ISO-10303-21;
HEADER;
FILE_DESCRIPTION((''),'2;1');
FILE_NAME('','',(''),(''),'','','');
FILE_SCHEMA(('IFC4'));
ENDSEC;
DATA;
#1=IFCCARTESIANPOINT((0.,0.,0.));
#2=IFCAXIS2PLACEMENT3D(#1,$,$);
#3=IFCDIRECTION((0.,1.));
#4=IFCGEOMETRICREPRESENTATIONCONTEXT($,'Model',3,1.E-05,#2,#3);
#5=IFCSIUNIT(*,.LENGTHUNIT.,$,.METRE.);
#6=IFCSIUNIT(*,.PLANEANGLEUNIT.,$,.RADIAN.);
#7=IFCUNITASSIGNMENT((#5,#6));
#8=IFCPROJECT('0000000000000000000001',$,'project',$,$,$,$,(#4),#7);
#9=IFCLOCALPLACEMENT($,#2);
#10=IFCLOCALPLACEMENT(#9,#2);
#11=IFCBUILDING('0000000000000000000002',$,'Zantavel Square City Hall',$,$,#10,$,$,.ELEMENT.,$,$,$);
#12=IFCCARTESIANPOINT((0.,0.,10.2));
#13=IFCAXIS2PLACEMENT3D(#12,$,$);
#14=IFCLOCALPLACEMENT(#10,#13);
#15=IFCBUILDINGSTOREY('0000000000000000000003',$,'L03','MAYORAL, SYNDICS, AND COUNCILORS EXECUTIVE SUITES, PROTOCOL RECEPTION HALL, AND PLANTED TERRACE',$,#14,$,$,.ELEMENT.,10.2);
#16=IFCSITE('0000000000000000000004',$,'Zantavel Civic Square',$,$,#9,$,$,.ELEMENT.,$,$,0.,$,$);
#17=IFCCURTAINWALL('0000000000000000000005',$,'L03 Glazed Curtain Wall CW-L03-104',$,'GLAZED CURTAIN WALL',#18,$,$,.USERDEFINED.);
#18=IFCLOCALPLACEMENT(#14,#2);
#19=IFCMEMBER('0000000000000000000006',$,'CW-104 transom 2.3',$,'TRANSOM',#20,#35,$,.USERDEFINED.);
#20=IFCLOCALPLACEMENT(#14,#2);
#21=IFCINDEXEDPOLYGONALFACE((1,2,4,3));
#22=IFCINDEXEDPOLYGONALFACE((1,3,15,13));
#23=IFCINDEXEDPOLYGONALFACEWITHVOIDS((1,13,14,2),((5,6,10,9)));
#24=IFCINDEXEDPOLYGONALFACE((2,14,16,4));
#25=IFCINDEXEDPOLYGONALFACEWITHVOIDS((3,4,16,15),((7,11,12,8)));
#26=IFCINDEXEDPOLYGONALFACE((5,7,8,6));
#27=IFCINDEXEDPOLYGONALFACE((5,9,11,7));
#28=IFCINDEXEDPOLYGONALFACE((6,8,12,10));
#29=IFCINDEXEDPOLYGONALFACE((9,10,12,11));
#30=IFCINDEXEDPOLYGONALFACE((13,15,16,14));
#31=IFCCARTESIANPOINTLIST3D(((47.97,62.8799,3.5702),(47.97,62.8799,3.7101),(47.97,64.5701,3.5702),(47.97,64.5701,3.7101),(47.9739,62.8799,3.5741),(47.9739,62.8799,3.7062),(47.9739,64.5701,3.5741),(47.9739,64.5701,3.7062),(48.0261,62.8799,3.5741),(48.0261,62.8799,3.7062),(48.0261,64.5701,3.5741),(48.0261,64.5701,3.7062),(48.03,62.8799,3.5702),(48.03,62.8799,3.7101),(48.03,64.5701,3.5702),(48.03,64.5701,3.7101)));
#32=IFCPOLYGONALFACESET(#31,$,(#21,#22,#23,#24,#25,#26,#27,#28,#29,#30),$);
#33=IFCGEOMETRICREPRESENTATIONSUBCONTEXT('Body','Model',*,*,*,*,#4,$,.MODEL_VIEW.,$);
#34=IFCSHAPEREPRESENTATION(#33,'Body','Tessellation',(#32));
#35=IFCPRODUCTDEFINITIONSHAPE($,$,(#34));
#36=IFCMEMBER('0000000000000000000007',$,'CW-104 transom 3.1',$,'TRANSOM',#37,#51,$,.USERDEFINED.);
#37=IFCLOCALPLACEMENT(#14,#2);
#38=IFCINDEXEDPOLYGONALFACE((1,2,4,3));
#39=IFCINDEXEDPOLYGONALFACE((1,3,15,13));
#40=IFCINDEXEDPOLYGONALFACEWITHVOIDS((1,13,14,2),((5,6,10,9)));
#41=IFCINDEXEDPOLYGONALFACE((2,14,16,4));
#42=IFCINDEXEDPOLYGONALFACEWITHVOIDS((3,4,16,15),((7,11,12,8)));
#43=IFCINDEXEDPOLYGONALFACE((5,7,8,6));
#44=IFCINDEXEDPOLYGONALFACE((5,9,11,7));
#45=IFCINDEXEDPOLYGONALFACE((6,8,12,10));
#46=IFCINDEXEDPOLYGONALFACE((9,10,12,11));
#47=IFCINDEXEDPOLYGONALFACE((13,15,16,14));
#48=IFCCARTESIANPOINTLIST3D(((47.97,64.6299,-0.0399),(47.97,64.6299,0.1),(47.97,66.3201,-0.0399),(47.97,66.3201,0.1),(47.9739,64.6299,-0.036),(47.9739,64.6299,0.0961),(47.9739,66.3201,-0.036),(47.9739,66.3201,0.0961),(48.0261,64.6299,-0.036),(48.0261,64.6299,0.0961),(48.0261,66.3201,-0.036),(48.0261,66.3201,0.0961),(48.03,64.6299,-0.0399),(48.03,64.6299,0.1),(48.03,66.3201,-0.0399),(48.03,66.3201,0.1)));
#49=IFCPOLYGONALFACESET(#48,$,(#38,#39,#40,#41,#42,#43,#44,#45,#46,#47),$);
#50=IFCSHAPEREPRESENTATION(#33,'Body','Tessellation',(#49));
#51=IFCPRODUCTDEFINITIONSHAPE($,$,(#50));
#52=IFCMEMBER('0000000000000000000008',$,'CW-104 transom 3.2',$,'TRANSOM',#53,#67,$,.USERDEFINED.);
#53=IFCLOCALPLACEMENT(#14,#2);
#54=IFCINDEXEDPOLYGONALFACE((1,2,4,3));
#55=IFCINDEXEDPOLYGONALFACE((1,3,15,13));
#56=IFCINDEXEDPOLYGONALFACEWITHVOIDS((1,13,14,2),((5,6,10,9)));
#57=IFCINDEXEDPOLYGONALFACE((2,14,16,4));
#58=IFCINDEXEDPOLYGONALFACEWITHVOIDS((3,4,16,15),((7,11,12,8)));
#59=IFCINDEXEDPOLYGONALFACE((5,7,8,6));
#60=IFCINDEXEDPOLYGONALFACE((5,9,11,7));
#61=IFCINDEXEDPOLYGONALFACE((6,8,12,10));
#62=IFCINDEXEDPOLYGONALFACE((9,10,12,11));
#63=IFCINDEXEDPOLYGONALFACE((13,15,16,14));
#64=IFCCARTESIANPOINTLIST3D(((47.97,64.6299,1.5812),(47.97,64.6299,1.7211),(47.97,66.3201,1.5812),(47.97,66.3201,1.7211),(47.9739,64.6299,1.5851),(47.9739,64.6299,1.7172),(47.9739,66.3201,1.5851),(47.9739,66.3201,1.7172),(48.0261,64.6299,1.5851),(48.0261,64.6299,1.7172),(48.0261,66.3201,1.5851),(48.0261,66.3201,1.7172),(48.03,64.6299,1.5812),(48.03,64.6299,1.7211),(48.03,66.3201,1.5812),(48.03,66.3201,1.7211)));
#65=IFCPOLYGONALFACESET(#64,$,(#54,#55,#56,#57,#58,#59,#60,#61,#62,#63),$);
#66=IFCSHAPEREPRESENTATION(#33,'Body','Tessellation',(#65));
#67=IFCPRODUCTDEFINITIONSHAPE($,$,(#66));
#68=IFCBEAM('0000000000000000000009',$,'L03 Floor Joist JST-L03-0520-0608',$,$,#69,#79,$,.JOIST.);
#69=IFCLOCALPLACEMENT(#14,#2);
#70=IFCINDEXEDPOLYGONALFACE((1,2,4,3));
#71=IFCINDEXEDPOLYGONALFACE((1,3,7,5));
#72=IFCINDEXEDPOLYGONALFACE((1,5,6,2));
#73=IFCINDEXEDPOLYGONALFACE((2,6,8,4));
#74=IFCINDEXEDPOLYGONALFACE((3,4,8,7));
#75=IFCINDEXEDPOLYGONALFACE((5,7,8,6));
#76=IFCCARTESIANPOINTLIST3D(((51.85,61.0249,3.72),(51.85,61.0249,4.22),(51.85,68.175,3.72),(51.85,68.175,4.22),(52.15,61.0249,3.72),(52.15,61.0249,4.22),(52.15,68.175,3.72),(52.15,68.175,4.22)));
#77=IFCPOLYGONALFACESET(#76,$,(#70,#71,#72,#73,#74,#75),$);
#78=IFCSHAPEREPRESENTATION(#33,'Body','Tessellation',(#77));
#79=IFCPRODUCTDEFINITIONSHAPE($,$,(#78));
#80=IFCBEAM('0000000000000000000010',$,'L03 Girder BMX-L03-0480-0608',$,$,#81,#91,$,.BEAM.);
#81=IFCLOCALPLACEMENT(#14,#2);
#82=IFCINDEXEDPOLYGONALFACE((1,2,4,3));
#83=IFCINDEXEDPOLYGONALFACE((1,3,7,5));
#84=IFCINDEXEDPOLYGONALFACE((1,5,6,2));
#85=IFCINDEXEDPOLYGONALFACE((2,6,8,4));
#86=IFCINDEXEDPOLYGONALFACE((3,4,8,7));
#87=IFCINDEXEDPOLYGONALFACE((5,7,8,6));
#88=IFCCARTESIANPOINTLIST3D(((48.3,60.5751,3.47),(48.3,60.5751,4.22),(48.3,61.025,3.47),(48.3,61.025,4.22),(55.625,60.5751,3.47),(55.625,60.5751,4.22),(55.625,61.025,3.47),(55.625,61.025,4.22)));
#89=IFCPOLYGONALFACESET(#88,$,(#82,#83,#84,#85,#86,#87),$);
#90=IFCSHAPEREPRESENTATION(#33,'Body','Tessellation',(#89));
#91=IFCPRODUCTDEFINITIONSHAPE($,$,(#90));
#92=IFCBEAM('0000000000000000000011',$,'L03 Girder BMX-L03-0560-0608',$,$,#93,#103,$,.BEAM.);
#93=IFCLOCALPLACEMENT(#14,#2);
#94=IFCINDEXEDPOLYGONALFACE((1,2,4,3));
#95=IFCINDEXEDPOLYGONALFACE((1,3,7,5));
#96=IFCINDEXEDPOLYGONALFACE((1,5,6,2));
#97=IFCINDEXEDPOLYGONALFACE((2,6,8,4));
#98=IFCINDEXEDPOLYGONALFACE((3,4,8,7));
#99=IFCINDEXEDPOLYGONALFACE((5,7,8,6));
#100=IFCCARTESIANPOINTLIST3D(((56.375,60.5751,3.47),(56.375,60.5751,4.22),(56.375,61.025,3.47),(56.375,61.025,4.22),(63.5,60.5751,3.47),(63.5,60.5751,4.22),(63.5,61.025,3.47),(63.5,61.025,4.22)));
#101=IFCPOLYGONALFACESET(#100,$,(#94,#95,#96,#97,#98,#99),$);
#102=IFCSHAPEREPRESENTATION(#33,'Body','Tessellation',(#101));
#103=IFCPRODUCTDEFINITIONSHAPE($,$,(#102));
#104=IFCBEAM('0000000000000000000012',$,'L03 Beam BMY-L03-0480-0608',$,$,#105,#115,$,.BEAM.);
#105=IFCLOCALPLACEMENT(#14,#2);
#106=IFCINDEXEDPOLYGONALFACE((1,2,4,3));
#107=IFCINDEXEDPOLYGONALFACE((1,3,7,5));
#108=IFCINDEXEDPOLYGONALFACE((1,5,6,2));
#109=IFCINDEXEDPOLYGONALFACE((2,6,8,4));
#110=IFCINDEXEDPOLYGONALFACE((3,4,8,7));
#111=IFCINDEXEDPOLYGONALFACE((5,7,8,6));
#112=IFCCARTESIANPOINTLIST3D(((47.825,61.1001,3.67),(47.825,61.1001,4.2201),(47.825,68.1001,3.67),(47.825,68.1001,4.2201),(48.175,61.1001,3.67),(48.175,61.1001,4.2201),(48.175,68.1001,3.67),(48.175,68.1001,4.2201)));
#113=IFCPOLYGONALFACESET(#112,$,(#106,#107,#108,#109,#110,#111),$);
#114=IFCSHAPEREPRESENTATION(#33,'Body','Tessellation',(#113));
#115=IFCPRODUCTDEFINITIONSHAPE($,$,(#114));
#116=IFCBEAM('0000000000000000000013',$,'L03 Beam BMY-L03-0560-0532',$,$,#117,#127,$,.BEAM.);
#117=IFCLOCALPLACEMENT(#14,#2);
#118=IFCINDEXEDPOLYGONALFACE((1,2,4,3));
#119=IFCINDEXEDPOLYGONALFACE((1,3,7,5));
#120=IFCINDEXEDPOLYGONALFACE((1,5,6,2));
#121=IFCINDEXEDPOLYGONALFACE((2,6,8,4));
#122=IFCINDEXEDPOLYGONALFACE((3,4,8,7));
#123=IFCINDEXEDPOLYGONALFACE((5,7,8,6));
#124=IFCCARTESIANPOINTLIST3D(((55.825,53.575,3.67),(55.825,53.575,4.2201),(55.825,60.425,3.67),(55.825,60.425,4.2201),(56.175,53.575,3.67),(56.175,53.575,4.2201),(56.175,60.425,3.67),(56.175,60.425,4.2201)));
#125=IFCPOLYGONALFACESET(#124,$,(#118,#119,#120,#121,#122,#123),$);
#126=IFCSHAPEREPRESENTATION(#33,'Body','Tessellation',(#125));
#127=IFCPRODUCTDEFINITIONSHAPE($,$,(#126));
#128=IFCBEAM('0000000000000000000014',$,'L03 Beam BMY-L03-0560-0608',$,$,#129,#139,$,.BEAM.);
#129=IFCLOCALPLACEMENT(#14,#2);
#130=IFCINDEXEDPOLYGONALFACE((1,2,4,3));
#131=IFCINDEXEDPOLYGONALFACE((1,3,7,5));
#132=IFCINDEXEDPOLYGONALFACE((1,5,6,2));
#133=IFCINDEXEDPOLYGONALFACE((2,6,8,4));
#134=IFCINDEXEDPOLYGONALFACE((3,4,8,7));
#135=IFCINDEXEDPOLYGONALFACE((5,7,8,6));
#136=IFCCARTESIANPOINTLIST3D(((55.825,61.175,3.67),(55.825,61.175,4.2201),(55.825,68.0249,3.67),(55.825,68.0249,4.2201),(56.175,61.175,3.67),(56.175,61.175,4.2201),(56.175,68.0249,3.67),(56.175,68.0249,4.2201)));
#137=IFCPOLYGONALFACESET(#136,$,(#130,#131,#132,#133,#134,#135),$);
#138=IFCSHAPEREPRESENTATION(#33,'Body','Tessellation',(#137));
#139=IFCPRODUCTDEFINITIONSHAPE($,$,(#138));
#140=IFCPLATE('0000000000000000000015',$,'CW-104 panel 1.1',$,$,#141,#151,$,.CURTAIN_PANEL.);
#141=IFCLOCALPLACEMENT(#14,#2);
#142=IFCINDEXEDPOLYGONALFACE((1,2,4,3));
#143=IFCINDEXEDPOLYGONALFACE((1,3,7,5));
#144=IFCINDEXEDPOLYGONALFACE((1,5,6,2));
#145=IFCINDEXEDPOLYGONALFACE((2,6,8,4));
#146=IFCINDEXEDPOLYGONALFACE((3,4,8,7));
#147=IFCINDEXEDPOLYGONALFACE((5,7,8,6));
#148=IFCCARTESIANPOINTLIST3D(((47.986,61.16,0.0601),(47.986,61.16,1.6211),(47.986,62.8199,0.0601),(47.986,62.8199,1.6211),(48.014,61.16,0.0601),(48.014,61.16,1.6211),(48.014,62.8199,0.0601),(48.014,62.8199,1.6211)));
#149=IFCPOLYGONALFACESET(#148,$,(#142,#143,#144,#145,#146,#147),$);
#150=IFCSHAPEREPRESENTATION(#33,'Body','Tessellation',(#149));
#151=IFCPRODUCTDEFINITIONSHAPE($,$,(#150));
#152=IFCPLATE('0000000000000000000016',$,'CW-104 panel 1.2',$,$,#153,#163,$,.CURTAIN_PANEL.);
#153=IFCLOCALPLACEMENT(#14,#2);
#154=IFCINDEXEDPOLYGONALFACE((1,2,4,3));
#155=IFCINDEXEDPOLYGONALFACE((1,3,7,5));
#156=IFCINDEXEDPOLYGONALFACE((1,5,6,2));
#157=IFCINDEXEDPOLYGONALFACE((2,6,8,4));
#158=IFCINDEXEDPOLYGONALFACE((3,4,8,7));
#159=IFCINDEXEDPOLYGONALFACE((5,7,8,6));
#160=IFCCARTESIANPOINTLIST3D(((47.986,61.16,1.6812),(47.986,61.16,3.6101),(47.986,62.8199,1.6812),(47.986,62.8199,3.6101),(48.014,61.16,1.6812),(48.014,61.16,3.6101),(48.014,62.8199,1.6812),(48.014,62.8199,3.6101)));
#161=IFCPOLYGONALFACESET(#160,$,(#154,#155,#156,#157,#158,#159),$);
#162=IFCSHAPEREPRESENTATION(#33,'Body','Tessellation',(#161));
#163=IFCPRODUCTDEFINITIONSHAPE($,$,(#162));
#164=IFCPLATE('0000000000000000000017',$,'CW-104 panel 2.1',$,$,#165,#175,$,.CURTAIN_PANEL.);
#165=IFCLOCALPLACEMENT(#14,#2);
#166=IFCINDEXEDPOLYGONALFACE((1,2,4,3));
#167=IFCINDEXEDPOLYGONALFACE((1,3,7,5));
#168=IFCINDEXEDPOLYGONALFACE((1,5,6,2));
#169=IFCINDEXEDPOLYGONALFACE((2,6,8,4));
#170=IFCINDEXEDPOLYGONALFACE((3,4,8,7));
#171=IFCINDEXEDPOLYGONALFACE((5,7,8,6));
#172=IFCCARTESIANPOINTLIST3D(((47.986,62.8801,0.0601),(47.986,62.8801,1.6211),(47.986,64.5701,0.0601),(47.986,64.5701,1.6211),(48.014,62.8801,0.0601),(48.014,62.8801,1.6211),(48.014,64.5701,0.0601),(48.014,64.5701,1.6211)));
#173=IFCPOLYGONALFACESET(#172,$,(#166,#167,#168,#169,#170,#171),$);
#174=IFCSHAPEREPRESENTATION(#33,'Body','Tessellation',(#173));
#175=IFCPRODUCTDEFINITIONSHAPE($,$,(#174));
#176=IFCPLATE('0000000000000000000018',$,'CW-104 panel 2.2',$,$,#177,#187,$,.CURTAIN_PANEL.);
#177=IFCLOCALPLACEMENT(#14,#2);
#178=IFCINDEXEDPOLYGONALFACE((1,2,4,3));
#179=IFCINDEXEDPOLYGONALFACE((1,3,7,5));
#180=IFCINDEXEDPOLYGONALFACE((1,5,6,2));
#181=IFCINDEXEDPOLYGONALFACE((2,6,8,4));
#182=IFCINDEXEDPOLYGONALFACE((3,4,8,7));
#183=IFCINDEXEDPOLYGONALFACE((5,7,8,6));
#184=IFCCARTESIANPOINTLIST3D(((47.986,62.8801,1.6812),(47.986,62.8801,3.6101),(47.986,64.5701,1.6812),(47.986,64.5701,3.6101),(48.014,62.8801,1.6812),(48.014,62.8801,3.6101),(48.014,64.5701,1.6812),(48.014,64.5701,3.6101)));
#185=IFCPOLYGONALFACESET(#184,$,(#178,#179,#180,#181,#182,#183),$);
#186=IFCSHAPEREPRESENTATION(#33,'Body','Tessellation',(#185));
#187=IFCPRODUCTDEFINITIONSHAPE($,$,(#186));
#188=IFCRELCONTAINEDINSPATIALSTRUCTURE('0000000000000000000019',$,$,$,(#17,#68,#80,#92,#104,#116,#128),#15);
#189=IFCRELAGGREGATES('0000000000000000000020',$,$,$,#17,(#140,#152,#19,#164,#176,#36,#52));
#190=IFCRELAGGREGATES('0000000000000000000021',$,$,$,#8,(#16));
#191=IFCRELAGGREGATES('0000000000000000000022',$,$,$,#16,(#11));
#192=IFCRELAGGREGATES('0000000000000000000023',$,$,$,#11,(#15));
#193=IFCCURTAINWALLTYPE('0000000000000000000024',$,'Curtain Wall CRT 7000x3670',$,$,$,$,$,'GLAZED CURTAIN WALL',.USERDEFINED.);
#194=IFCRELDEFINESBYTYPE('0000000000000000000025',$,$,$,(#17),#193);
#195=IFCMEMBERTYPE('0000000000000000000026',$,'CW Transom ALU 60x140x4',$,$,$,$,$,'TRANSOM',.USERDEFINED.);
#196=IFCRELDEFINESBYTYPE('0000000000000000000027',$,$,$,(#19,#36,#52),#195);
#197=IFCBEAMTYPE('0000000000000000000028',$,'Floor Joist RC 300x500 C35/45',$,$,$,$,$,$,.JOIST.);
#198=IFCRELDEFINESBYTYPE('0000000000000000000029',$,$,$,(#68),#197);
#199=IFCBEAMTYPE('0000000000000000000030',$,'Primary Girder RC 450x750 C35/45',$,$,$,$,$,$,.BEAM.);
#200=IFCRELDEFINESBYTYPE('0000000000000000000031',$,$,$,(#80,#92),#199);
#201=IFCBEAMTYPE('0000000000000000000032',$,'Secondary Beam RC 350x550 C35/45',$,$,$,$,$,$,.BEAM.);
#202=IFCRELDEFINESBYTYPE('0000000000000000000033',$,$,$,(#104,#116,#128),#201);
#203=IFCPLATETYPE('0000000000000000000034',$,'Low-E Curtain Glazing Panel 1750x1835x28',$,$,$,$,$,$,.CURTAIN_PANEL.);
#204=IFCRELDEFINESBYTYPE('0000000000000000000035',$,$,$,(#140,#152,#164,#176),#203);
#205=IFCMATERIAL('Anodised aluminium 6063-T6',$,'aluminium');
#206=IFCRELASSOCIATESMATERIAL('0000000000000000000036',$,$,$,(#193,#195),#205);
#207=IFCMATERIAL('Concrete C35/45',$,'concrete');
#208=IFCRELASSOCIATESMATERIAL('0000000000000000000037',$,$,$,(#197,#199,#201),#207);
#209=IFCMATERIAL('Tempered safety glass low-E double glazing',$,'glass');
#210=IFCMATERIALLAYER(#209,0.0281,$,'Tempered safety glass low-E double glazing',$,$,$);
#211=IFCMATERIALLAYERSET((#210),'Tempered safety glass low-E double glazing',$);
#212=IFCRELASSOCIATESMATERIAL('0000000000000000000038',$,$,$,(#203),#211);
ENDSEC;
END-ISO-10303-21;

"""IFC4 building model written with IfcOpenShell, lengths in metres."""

from ifc_helpers import new_model, si_unit, direction, frame, origin, origin_2d, place, context, subcontext, project, spatial, rectangle, hollow_rectangle, extrude, material, layer, layer_set, material_profile, profile_set, type_object, element, aggregate, save


model = new_model("IFC4")

# Units and contexts
model_context = context("Model", 3, precision=1e-05, world=origin(), true_north=direction((0.0, 1.0)))
body_context = subcontext(model_context, "Body", "Model", "MODEL_VIEW")
ifc_project = project(units=[si_unit("LENGTHUNIT", "METRE"), si_unit("PLANEANGLEUNIT", "RADIAN")], contexts=[model_context])

# Site, building, storey
site_placement = place(None, origin())
site = spatial("IfcSite", under=ifc_project, at=site_placement, Name="Zantavel Civic Square", CompositionType="ELEMENT", RefElevation=0.0)
building_placement = place(site_placement, origin())
building = spatial("IfcBuilding", under=site, at=building_placement, Name="Zantavel Square City Hall", CompositionType="ELEMENT")
storey_placement = place(building_placement, frame((0.0, 0.0, 10.2)))
storey = spatial("IfcBuildingStorey", under=building, at=storey_placement, Name="L03", Description="MAYORAL, SYNDICS, AND COUNCILORS EXECUTIVE SUITES, PROTOCOL RECEPTION HALL, AND PLANTED TERRACE", CompositionType="ELEMENT", Elevation=10.2)

# Curtain wall, members
ifc_material_1 = material(Name="Anodised aluminium 6063-T6", Category="aluminium")
curtain_wall_type = type_object("IfcCurtainWallType", Name="Curtain Wall CRT 7000x3670", ElementType="GLAZED CURTAIN WALL", PredefinedType="USERDEFINED", material=ifc_material_1)
curtain_wall_placement = place(storey_placement, origin())
curtain_wall = element("IfcCurtainWall", 1, at=curtain_wall_placement, inside=storey, type_object=curtain_wall_type, Name="L03 Glazed Curtain Wall CW-L03-104", ObjectType="GLAZED CURTAIN WALL", PredefinedType="USERDEFINED")
ifc_material_profile_1 = material_profile(ifc_material_1, hollow_rectangle(XDim=0.0601, YDim=0.1399, WallThickness=0.0039, at=origin_2d()), Name="ALU 60x140x4")
ifc_profile_set_1 = profile_set([ifc_material_profile_1], Name="Anodised aluminium 6063-T6")
member_type_1 = type_object("IfcMemberType", Name="CW Transom ALU 60x140x4", ElementType="TRANSOM", PredefinedType="USERDEFINED", material=ifc_profile_set_1)
member_1_placement = place(storey_placement, frame((48.0, 62.8799, 3.6401), z_axis=(0.0, 1.0, 0.0), x_axis=(-1.0, 0.0, 0.0)))
member_1 = element("IfcMember", 2, at=member_1_placement, type_object=member_type_1, Name="CW-104 transom 2.3", ObjectType="TRANSOM", PredefinedType="USERDEFINED", context=body_context, shape_type="SweptSolid", body=[
    extrude(hollow_rectangle(XDim=0.0601, YDim=0.1399, WallThickness=0.0039, at=origin_2d()), origin(), (0.0, 0.0, 1.0), 1.6902),
])
member_2_placement = place(storey_placement, frame((48.0, 64.6299, 0.03), z_axis=(0.0, 1.0, 0.0), x_axis=(-1.0, 0.0, 0.0)))
member_2 = element("IfcMember", 3, at=member_2_placement, type_object=member_type_1, Name="CW-104 transom 3.1", ObjectType="TRANSOM", PredefinedType="USERDEFINED", context=body_context, shape_type="SweptSolid", body=[
    extrude(hollow_rectangle(XDim=0.0601, YDim=0.1399, WallThickness=0.0039, at=origin_2d()), origin(), (0.0, 0.0, 1.0), 1.6902),
])
member_3_placement = place(storey_placement, frame((48.0, 64.6299, 1.6511), z_axis=(0.0, 1.0, 0.0), x_axis=(-1.0, 0.0, 0.0)))
member_3 = element("IfcMember", 4, at=member_3_placement, type_object=member_type_1, Name="CW-104 transom 3.2", ObjectType="TRANSOM", PredefinedType="USERDEFINED", context=body_context, shape_type="SweptSolid", body=[
    extrude(hollow_rectangle(XDim=0.0601, YDim=0.1399, WallThickness=0.0039, at=origin_2d()), origin(), (0.0, 0.0, 1.0), 1.6902),
])

# Beams
ifc_material_2 = material(Name="Concrete C35/45", Category="concrete")
ifc_material_profile_2 = material_profile(ifc_material_2, rectangle(XDim=0.3, YDim=0.5, at=origin_2d()), Name="RC 300x500")
ifc_profile_set_2 = profile_set([ifc_material_profile_2], Name="Concrete C35/45")
beam_type_1 = type_object("IfcBeamType", Name="Floor Joist RC 300x500 C35/45", PredefinedType="JOIST", material=ifc_profile_set_2)
beam_1_placement = place(storey_placement, frame((52.0, 61.0249, 3.97), z_axis=(0.0, 1.0, 0.0), x_axis=(-1.0, 0.0, 0.0)))
element("IfcBeam", 5, at=beam_1_placement, inside=storey, type_object=beam_type_1, Name="L03 Floor Joist JST-L03-0520-0608", PredefinedType="JOIST", context=body_context, shape_type="SweptSolid", body=[
    extrude(rectangle(XDim=0.3, YDim=0.5, at=origin_2d()), origin(), (0.0, 0.0, 1.0), 7.1501),
])
ifc_material_profile_3 = material_profile(ifc_material_2, rectangle(XDim=0.45, YDim=0.75, at=origin_2d()), Name="RC 450x750")
ifc_profile_set_3 = profile_set([ifc_material_profile_3], Name="Concrete C35/45")
beam_type_2 = type_object("IfcBeamType", Name="Primary Girder RC 450x750 C35/45", PredefinedType="BEAM", material=ifc_profile_set_3)
beam_2_placement = place(storey_placement, frame((48.3, 60.8, 3.845), z_axis=(1.0, 0.0, 0.0), x_axis=(0.0, 1.0, 0.0)))
element("IfcBeam", 6, at=beam_2_placement, inside=storey, type_object=beam_type_2, Name="L03 Girder BMX-L03-0480-0608", PredefinedType="BEAM", context=body_context, shape_type="SweptSolid", body=[
    extrude(rectangle(XDim=0.45, YDim=0.75, at=origin_2d()), origin(), (0.0, 0.0, 1.0), 7.325),
])
beam_3_placement = place(storey_placement, frame((56.375, 60.8, 3.845), z_axis=(1.0, 0.0, 0.0), x_axis=(0.0, 1.0, 0.0)))
element("IfcBeam", 7, at=beam_3_placement, inside=storey, type_object=beam_type_2, Name="L03 Girder BMX-L03-0560-0608", PredefinedType="BEAM", context=body_context, shape_type="SweptSolid", body=[
    extrude(rectangle(XDim=0.45, YDim=0.75, at=origin_2d()), origin(), (0.0, 0.0, 1.0), 7.125),
])
ifc_material_profile_4 = material_profile(ifc_material_2, rectangle(XDim=0.3501, YDim=0.55, at=origin_2d()), Name="RC 350x550")
ifc_profile_set_4 = profile_set([ifc_material_profile_4], Name="Concrete C35/45")
beam_type_3 = type_object("IfcBeamType", Name="Secondary Beam RC 350x550 C35/45", PredefinedType="BEAM", material=ifc_profile_set_4)
beam_4_placement = place(storey_placement, frame((48.0, 61.1001, 3.9451), z_axis=(0.0, 1.0, 0.0), x_axis=(-1.0, 0.0, 0.0)))
element("IfcBeam", 8, at=beam_4_placement, inside=storey, type_object=beam_type_3, Name="L03 Beam BMY-L03-0480-0608", PredefinedType="BEAM", context=body_context, shape_type="SweptSolid", body=[
    extrude(rectangle(XDim=0.3501, YDim=0.55, at=origin_2d()), origin(), (0.0, 0.0, 1.0), 7.0),
])
beam_5_placement = place(storey_placement, frame((56.0, 53.575, 3.9451), z_axis=(0.0, 1.0, 0.0), x_axis=(-1.0, 0.0, 0.0)))
element("IfcBeam", 9, at=beam_5_placement, inside=storey, type_object=beam_type_3, Name="L03 Beam BMY-L03-0560-0532", PredefinedType="BEAM", context=body_context, shape_type="SweptSolid", body=[
    extrude(rectangle(XDim=0.3501, YDim=0.55, at=origin_2d()), origin(), (0.0, 0.0, 1.0), 6.8501),
])
beam_6_placement = place(storey_placement, frame((56.0, 61.175, 3.9451), z_axis=(0.0, 1.0, 0.0), x_axis=(-1.0, 0.0, 0.0)))
element("IfcBeam", 10, at=beam_6_placement, inside=storey, type_object=beam_type_3, Name="L03 Beam BMY-L03-0560-0608", PredefinedType="BEAM", context=body_context, shape_type="SweptSolid", body=[
    extrude(rectangle(XDim=0.3501, YDim=0.55, at=origin_2d()), origin(), (0.0, 0.0, 1.0), 6.8499),
])

# Plates
ifc_material_3 = material(Name="Tempered safety glass low-E double glazing", Category="glass")
ifc_layer_1 = layer(ifc_material_3, 0.0281, Name="Tempered safety glass low-E double glazing")
ifc_layer_set_1 = layer_set([ifc_layer_1], Name="Tempered safety glass low-E double glazing")
plate_type = type_object("IfcPlateType", Name="Low-E Curtain Glazing Panel 1750x1835x28", PredefinedType="CURTAIN_PANEL", material=ifc_layer_set_1)
plate_1_placement = place(storey_placement, frame((48.0, 61.99, 0.0601), z_axis=(0.0, 0.0, 1.0), x_axis=(0.0, 1.0, 0.0)))
plate_1 = element("IfcPlate", 11, at=plate_1_placement, type_object=plate_type, Name="CW-104 panel 1.1", PredefinedType="CURTAIN_PANEL", context=body_context, shape_type="SweptSolid", body=[
    extrude(rectangle(XDim=1.6599, YDim=0.0281, at=origin_2d()), origin(), (0.0, 0.0, 1.0), 1.561),
])
plate_2_placement = place(storey_placement, frame((48.0, 61.99, 1.6812), z_axis=(0.0, 0.0, 1.0), x_axis=(0.0, 1.0, 0.0)))
plate_2 = element("IfcPlate", 12, at=plate_2_placement, type_object=plate_type, Name="CW-104 panel 1.2", PredefinedType="CURTAIN_PANEL", context=body_context, shape_type="SweptSolid", body=[
    extrude(rectangle(XDim=1.6599, YDim=0.0281, at=origin_2d()), origin(), (0.0, 0.0, 1.0), 1.929),
])
plate_3_placement = place(storey_placement, frame((48.0, 63.7251, 0.0601), z_axis=(0.0, 0.0, 1.0), x_axis=(0.0, 1.0, 0.0)))
plate_3 = element("IfcPlate", 13, at=plate_3_placement, type_object=plate_type, Name="CW-104 panel 2.1", PredefinedType="CURTAIN_PANEL", context=body_context, shape_type="SweptSolid", body=[
    extrude(rectangle(XDim=1.6899, YDim=0.0281, at=origin_2d()), origin(), (0.0, 0.0, 1.0), 1.561),
])
plate_4_placement = place(storey_placement, frame((48.0, 63.7251, 1.6812), z_axis=(0.0, 0.0, 1.0), x_axis=(0.0, 1.0, 0.0)))
plate_4 = element("IfcPlate", 14, at=plate_4_placement, type_object=plate_type, Name="CW-104 panel 2.2", PredefinedType="CURTAIN_PANEL", context=body_context, shape_type="SweptSolid", body=[
    extrude(rectangle(XDim=1.6899, YDim=0.0281, at=origin_2d()), origin(), (0.0, 0.0, 1.0), 1.929),
])
aggregate(curtain_wall, [plate_1, plate_2, member_1, plate_3, plate_4, member_2, member_3])

save(model, "model.ifc")
